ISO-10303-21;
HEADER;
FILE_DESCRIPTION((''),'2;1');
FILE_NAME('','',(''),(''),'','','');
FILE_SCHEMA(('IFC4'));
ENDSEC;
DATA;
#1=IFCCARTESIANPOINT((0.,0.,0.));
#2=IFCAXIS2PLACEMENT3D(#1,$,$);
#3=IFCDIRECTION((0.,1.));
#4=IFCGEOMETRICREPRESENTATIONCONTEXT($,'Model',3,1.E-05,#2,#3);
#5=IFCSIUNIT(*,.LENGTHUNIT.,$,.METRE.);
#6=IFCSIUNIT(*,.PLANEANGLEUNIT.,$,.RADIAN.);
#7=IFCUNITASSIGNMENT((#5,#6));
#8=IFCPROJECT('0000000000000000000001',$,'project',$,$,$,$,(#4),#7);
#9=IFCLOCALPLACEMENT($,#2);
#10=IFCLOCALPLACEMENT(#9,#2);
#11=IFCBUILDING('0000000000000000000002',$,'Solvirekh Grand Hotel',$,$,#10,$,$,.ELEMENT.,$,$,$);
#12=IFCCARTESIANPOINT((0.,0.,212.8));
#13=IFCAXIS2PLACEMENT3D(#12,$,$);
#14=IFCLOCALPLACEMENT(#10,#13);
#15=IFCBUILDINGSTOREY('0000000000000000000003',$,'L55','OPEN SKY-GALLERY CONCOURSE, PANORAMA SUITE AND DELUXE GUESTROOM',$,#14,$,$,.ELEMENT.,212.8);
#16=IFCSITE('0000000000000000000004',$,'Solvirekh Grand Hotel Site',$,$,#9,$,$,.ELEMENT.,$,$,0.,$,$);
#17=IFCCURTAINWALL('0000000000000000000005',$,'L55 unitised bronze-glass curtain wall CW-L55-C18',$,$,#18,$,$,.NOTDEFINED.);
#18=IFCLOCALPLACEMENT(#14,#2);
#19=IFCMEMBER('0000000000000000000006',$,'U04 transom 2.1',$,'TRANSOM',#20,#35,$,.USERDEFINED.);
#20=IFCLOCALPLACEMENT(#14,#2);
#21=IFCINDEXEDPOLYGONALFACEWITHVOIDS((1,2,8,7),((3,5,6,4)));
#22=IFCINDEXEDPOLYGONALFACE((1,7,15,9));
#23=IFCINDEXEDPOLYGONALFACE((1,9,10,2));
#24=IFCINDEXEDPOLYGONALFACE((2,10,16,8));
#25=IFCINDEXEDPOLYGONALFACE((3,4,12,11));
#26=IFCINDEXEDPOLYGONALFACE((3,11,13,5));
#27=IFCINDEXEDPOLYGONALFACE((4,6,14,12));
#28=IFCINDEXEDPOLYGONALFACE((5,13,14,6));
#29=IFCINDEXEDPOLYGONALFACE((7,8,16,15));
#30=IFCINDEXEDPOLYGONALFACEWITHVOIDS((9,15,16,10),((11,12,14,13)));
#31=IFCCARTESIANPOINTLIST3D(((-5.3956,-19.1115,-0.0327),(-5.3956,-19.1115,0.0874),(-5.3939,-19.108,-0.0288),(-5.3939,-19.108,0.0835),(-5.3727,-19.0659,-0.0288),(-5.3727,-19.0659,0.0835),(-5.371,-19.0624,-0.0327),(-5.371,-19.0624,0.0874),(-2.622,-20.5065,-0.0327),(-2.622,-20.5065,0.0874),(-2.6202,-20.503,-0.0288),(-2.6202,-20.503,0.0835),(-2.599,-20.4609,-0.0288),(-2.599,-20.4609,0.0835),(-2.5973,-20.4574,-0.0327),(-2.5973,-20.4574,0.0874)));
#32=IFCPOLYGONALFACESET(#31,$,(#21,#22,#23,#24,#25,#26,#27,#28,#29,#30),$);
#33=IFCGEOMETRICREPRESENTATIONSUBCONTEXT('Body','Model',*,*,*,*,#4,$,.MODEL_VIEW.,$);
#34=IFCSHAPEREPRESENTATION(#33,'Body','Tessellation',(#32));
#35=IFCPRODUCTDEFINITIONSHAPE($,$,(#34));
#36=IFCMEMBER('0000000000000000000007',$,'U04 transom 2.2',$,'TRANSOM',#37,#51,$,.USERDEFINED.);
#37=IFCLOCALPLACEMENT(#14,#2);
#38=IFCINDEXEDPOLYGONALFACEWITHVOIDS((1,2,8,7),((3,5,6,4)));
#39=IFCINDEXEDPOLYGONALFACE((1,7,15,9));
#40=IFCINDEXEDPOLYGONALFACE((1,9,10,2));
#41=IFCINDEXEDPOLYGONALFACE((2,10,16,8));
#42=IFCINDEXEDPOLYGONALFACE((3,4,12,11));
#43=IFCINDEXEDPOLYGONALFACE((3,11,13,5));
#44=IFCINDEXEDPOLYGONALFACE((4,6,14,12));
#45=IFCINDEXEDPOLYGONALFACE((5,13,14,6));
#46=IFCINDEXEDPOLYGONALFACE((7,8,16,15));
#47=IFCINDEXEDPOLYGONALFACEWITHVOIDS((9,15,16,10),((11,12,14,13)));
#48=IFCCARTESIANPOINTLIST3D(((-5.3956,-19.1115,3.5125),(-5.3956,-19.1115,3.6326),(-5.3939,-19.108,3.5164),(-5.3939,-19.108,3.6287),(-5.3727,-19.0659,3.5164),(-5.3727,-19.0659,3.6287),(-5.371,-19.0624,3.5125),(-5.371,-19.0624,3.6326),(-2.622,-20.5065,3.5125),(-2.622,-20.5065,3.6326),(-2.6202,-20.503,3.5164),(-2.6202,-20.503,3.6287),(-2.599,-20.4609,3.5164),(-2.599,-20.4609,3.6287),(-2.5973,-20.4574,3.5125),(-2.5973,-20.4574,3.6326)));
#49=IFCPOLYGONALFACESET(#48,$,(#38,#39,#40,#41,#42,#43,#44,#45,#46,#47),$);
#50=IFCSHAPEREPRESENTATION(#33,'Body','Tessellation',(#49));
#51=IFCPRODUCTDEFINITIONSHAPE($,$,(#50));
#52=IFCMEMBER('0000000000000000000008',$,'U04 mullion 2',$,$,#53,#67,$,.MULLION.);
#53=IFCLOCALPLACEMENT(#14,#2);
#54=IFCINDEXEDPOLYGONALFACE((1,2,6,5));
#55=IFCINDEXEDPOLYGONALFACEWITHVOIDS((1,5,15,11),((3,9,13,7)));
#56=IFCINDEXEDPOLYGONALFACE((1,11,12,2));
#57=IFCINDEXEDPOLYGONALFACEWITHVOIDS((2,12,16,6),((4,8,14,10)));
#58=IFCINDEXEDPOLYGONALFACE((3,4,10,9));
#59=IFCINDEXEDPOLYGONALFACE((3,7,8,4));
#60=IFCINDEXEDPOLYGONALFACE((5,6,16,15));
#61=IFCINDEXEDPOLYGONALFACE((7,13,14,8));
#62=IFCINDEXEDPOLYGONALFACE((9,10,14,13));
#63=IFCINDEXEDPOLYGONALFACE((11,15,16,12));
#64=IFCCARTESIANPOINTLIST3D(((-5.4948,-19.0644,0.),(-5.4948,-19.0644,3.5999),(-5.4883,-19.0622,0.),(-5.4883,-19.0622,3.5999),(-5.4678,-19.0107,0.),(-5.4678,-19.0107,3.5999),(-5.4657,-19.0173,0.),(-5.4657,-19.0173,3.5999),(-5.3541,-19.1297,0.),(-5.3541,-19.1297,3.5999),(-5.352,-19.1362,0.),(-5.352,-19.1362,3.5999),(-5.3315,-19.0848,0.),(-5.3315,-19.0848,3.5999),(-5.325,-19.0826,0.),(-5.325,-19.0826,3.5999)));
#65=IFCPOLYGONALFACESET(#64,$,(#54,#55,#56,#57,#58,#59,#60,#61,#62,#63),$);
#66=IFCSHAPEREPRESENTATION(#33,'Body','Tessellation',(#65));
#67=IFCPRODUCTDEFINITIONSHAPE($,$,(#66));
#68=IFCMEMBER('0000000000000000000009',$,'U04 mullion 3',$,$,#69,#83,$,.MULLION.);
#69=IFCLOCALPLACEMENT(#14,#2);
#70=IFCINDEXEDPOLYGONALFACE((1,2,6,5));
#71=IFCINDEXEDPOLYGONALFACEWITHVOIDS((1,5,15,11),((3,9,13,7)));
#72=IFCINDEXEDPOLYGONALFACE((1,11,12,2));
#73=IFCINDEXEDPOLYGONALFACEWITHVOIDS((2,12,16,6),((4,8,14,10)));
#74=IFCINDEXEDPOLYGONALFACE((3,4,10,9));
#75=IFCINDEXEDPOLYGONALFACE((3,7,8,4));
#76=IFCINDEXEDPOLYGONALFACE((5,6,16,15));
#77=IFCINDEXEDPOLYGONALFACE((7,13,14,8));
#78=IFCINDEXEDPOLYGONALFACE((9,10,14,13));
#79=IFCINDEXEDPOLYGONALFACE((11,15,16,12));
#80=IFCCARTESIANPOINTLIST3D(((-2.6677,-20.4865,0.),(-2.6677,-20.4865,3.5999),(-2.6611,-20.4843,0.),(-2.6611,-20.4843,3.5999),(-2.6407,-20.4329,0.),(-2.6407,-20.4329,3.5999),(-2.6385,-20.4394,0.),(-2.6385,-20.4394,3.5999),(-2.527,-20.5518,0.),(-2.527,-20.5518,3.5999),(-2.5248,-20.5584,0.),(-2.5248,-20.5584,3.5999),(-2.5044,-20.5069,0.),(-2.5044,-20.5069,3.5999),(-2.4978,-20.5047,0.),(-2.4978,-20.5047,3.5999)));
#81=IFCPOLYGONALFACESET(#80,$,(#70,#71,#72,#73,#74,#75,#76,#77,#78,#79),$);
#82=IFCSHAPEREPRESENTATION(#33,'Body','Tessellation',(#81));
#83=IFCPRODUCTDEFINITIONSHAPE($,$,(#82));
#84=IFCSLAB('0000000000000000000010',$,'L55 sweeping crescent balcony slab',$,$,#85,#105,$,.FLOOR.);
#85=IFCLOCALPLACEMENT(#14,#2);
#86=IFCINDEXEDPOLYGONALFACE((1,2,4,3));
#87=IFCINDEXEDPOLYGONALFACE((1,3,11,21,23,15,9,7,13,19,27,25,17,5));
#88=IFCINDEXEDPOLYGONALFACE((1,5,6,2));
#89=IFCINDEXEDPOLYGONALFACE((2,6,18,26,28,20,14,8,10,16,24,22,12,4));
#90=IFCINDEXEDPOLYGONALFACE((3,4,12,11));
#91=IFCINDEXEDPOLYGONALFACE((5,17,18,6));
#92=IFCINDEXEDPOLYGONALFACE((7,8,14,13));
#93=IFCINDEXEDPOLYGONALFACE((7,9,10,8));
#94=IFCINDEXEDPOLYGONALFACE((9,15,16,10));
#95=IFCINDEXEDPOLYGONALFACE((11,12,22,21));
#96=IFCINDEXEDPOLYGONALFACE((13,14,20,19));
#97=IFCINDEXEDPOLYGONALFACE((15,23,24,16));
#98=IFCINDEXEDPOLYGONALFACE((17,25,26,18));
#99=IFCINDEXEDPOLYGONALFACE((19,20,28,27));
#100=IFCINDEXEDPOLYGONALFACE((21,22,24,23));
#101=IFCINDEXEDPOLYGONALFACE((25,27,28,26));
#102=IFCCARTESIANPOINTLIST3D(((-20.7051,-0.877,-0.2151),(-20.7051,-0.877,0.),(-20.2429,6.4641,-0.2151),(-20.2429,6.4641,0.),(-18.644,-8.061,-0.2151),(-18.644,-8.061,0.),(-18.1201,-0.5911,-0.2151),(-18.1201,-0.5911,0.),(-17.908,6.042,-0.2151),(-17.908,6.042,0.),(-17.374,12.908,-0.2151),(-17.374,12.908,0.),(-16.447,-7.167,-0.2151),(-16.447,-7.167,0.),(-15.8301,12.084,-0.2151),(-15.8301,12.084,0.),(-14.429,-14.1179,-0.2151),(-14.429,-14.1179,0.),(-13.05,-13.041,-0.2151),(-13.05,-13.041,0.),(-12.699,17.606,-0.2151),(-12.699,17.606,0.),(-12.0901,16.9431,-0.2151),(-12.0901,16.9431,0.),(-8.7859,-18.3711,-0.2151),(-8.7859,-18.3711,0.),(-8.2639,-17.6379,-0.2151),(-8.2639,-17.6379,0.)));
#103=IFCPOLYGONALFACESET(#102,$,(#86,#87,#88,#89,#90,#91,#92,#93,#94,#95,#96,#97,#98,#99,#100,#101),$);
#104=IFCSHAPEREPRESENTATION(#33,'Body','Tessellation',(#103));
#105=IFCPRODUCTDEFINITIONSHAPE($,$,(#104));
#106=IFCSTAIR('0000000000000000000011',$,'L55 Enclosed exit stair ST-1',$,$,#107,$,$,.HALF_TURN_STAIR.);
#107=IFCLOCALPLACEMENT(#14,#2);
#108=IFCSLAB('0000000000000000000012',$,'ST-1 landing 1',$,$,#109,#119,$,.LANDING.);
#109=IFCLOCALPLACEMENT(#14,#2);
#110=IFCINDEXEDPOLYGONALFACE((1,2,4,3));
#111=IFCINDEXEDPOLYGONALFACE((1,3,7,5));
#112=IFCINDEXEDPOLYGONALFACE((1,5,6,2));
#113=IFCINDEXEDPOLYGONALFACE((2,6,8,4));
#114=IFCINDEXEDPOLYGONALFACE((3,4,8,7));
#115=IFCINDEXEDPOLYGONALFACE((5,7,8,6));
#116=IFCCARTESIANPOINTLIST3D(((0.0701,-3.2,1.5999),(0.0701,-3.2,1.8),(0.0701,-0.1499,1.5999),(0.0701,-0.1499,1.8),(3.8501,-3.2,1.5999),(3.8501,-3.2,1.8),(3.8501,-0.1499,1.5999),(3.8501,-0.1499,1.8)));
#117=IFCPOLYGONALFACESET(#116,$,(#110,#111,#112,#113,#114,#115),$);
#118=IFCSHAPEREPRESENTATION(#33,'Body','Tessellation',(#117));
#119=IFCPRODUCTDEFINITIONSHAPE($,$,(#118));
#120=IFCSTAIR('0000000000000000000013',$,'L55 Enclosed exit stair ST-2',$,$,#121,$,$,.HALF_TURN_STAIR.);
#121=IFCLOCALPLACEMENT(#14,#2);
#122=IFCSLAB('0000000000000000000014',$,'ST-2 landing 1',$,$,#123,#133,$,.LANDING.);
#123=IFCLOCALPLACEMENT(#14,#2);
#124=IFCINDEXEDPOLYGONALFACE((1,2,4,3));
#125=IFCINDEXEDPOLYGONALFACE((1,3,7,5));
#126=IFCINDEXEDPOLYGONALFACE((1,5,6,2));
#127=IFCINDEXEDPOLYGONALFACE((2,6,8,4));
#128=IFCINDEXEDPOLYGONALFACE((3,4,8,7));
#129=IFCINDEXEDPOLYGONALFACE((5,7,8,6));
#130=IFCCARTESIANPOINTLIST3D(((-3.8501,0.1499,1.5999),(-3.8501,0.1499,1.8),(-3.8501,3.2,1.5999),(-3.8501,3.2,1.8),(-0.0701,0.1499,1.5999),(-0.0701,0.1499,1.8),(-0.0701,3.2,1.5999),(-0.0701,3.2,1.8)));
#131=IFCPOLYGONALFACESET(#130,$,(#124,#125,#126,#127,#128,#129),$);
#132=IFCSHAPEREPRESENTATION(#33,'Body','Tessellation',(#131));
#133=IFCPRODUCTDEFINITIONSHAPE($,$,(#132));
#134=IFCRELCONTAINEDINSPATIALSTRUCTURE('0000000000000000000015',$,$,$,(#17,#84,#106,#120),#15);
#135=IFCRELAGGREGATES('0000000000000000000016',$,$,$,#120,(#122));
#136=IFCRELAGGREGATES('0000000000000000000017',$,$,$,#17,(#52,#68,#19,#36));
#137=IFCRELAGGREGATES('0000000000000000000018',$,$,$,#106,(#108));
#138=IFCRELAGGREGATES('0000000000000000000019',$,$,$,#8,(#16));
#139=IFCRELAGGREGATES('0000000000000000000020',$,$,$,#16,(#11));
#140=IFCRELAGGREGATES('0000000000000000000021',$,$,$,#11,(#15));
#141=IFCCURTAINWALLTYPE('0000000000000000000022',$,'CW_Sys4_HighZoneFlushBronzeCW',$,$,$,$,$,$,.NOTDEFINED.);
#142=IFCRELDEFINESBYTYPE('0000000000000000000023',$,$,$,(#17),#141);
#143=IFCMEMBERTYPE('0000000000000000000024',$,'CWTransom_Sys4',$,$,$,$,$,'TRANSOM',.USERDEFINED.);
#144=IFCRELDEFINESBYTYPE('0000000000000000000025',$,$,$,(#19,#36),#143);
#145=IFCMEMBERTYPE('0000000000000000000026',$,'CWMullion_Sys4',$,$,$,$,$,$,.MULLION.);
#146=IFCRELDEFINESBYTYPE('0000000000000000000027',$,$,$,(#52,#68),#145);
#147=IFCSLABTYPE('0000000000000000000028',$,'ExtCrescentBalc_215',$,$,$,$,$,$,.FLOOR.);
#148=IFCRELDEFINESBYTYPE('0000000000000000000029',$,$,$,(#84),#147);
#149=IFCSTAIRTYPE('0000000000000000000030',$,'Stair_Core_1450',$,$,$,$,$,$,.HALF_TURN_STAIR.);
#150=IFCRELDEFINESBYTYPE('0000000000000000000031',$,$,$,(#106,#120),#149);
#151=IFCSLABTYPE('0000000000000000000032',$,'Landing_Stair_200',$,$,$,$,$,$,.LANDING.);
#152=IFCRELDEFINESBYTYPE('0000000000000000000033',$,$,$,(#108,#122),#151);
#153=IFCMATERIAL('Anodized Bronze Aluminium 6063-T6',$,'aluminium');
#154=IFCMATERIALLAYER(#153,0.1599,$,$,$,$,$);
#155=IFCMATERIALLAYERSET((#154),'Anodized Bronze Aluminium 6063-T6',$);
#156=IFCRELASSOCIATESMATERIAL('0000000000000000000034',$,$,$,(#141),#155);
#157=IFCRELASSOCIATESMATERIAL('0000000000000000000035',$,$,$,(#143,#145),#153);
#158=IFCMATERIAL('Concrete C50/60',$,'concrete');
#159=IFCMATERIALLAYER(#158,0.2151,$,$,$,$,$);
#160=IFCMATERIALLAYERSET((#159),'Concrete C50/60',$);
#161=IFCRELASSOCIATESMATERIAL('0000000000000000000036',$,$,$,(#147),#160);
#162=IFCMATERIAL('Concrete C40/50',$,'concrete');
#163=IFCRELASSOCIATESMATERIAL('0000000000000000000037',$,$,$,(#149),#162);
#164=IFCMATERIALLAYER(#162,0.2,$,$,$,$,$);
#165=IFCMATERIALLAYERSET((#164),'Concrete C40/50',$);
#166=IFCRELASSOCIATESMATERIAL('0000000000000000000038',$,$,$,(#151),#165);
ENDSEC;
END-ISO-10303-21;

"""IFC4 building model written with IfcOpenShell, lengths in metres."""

from ifc_helpers import new_model, si_unit, direction, frame, origin, origin_2d, place, context, subcontext, project, spatial, polyline, hollow_rectangle, outline, extrude, source, transform, mapped, material, layer, layer_set, material_profile, profile_set, type_object, element, aggregate, save


model = new_model("IFC4")

# Units and contexts
model_context = context("Model", 3, precision=1e-05, world=origin(), true_north=direction((0.0, 1.0)))
body_context = subcontext(model_context, "Body", "Model", "MODEL_VIEW")
ifc_project = project(units=[si_unit("LENGTHUNIT", "METRE"), si_unit("PLANEANGLEUNIT", "RADIAN")], contexts=[model_context])

# Site, building, storey
site_placement = place(None, origin())
site = spatial("IfcSite", under=ifc_project, at=site_placement, Name="Solvirekh Grand Hotel Site", CompositionType="ELEMENT", RefElevation=0.0)
building_placement = place(site_placement, origin())
building = spatial("IfcBuilding", under=site, at=building_placement, Name="Solvirekh Grand Hotel", CompositionType="ELEMENT")
storey_placement = place(building_placement, frame((0.0, 0.0, 212.8)))
storey = spatial("IfcBuildingStorey", under=building, at=storey_placement, Name="L55", Description="OPEN SKY-GALLERY CONCOURSE, PANORAMA SUITE AND DELUXE GUESTROOM", CompositionType="ELEMENT", Elevation=212.8)

# Shared definitions
ifc_material_1 = material(Name="Concrete C50/60", Category="concrete")

# Curtain wall, members
ifc_material_2 = material(Name="Anodized Bronze Aluminium 6063-T6", Category="aluminium")
ifc_layer_1 = layer(ifc_material_2, 0.1599)
ifc_layer_set_1 = layer_set([ifc_layer_1], Name="Anodized Bronze Aluminium 6063-T6")
curtain_wall_type = type_object("IfcCurtainWallType", Name="CW_Sys4_HighZoneFlushBronzeCW", PredefinedType="NOTDEFINED", material=ifc_layer_set_1)
curtain_wall_placement = place(storey_placement, origin())
curtain_wall = element("IfcCurtainWall", 1, at=curtain_wall_placement, inside=storey, type_object=curtain_wall_type, Name="L55 unitised bronze-glass curtain wall CW-L55-C18", PredefinedType="NOTDEFINED")
ifc_material_profile_1 = material_profile(ifc_material_2, hollow_rectangle(XDim=0.0549, YDim=0.1201, WallThickness=0.0039, at=origin_2d()), Name="ALU RHS 120X55X4")
ifc_profile_set_1 = profile_set([ifc_material_profile_1], Name="Anodized Bronze Aluminium 6063-T6")
member_type_1 = type_object("IfcMemberType", Name="CWTransom_Sys4", ElementType="TRANSOM", PredefinedType="USERDEFINED", material=ifc_profile_set_1)
shared_shape_1 = source(origin(), body_context, "Body", "SweptSolid", [
    extrude(hollow_rectangle(XDim=0.0549, YDim=0.1201, WallThickness=0.0039, at=origin_2d()), origin(), (0.0, 0.0, 1.0), 3.1047),
])
member_1_placement = place(storey_placement, frame((-5.3833, -19.0869, 0.0273), z_axis=(0.893371, -0.44932, 0.0), x_axis=(0.44932, 0.893371, 0.0)))
member_1 = element("IfcMember", 2, at=member_1_placement, type_object=member_type_1, Name="U04 transom 2.1", ObjectType="TRANSOM", PredefinedType="USERDEFINED", context=body_context, shape_type="MappedRepresentation", body=[
    mapped(shared_shape_1, transform((0.0, 0.0, 0.0), x_axis=(1.0, 0.0, 0.0), y_axis=(0.0, 1.0, 0.0), z_axis=(0.0, 0.0, 1.0), scale=1.0)),
])
member_2_placement = place(storey_placement, frame((-5.3833, -19.0869, 3.5725), z_axis=(0.893371, -0.44932, 0.0), x_axis=(0.44932, 0.893371, 0.0)))
member_2 = element("IfcMember", 3, at=member_2_placement, type_object=member_type_1, Name="U04 transom 2.2", ObjectType="TRANSOM", PredefinedType="USERDEFINED", context=body_context, shape_type="MappedRepresentation", body=[
    mapped(shared_shape_1, transform((0.0, 0.0, 0.0), x_axis=(1.0, 0.0, 0.0), y_axis=(0.0, 1.0, 0.0), z_axis=(0.0, 0.0, 1.0), scale=1.0)),
])
ifc_material_profile_2 = material_profile(ifc_material_2, hollow_rectangle(XDim=0.0601, YDim=0.1599, WallThickness=0.0049, at=origin_2d()), Name="ALU RHS 160X60X5")
ifc_profile_set_2 = profile_set([ifc_material_profile_2], Name="Anodized Bronze Aluminium 6063-T6")
member_type_2 = type_object("IfcMemberType", Name="CWMullion_Sys4", PredefinedType="MULLION", material=ifc_profile_set_2)
shared_shape_2 = source(origin(), body_context, "Body", "SweptSolid", [
    extrude(hollow_rectangle(XDim=0.0601, YDim=0.1599, WallThickness=0.0049, at=origin_2d()), origin(), (0.0, 0.0, 1.0), 3.5999),
])
member_3_placement = place(storey_placement, frame((-5.4099, -19.0735, 0.0), z_axis=(0.0, 0.0, 1.0), x_axis=(0.449341, 0.89336, 0.0)))
member_3 = element("IfcMember", 4, at=member_3_placement, type_object=member_type_2, Name="U04 mullion 2", PredefinedType="MULLION", context=body_context, shape_type="MappedRepresentation", body=[
    mapped(shared_shape_2, transform((0.0, 0.0, 0.0), x_axis=(1.0, 0.0, 0.0), y_axis=(0.0, 1.0, 0.0), z_axis=(0.0, 0.0, 1.0), scale=1.0)),
])
member_4_placement = place(storey_placement, frame((-2.5828, -20.4956, 0.0), z_axis=(0.0, 0.0, 1.0), x_axis=(0.449341, 0.89336, 0.0)))
member_4 = element("IfcMember", 5, at=member_4_placement, type_object=member_type_2, Name="U04 mullion 3", PredefinedType="MULLION", context=body_context, shape_type="MappedRepresentation", body=[
    mapped(shared_shape_2, transform((0.0, 0.0, 0.0), x_axis=(1.0, 0.0, 0.0), y_axis=(0.0, 1.0, 0.0), z_axis=(0.0, 0.0, 1.0), scale=1.0)),
])

# Slab
ifc_layer_2 = layer(ifc_material_1, 0.2151)
ifc_layer_set_2 = layer_set([ifc_layer_2], Name="Concrete C50/60")
slab_type_1 = type_object("IfcSlabType", Name="ExtCrescentBalc_215", PredefinedType="FLOOR", material=ifc_layer_set_2)
slab_1_placement = place(storey_placement, frame((0.0, 0.0, -0.2151)))
element("IfcSlab", 6, at=slab_1_placement, inside=storey, type_object=slab_type_1, Name="L55 sweeping crescent balcony slab", PredefinedType="FLOOR", context=body_context, shape_type="SweptSolid", body=[
    extrude(outline(polyline([(-12.699, 17.606), (-17.374, 12.908), (-20.2429, 6.4641), (-20.7051, -0.877), (-18.644, -8.061), (-14.429, -14.1179), (-8.7859, -18.3711), (-8.2639, -17.6379), (-13.05, -13.041), (-16.447, -7.167), (-18.1201, -0.5911), (-17.908, 6.042), (-15.8301, 12.084), (-12.0901, 16.9431), (-12.699, 17.606)])), origin(), (0.0, 0.0, 1.0), 0.2151),
])

# Stairs, slabs
ifc_material_3 = material(Name="Concrete C40/50", Category="concrete")
stair_type = type_object("IfcStairType", Name="Stair_Core_1450", PredefinedType="HALF_TURN_STAIR", material=ifc_material_3)
stair_1_placement = place(storey_placement, origin())
stair_1 = element("IfcStair", 7, at=stair_1_placement, inside=storey, type_object=stair_type, Name="L55 Enclosed exit stair ST-1", PredefinedType="HALF_TURN_STAIR")
ifc_layer_3 = layer(ifc_material_3, 0.2)
ifc_layer_set_3 = layer_set([ifc_layer_3], Name="Concrete C40/50")
slab_type_2 = type_object("IfcSlabType", Name="Landing_Stair_200", PredefinedType="LANDING", material=ifc_layer_set_3)
slab_2_placement = place(storey_placement, frame((0.0, 0.0, 1.5999)))
slab_2 = element("IfcSlab", 8, at=slab_2_placement, type_object=slab_type_2, Name="ST-1 landing 1", PredefinedType="LANDING", context=body_context, shape_type="SweptSolid", body=[
    extrude(outline(polyline([(0.0701, -3.2), (3.8501, -3.2), (3.8501, -0.1499), (0.0701, -0.1499), (0.0701, -3.2)])), origin(), (0.0, 0.0, 1.0), 0.2002),
])
stair_2_placement = place(storey_placement, origin())
stair_2 = element("IfcStair", 9, at=stair_2_placement, inside=storey, type_object=stair_type, Name="L55 Enclosed exit stair ST-2", PredefinedType="HALF_TURN_STAIR")
slab_3_placement = place(storey_placement, frame((0.0, 0.0, 1.5999)))
slab_3 = element("IfcSlab", 10, at=slab_3_placement, type_object=slab_type_2, Name="ST-2 landing 1", PredefinedType="LANDING", context=body_context, shape_type="SweptSolid", body=[
    extrude(outline(polyline([(-0.0701, 3.2), (-3.8501, 3.2), (-3.8501, 0.1499), (-0.0701, 0.1499), (-0.0701, 3.2)])), origin(), (0.0, 0.0, 1.0), 0.2002),
])
aggregate(stair_2, [slab_3])

aggregate(curtain_wall, [member_3, member_4, member_1, member_2])

aggregate(stair_1, [slab_2])

save(model, "model.ifc")
